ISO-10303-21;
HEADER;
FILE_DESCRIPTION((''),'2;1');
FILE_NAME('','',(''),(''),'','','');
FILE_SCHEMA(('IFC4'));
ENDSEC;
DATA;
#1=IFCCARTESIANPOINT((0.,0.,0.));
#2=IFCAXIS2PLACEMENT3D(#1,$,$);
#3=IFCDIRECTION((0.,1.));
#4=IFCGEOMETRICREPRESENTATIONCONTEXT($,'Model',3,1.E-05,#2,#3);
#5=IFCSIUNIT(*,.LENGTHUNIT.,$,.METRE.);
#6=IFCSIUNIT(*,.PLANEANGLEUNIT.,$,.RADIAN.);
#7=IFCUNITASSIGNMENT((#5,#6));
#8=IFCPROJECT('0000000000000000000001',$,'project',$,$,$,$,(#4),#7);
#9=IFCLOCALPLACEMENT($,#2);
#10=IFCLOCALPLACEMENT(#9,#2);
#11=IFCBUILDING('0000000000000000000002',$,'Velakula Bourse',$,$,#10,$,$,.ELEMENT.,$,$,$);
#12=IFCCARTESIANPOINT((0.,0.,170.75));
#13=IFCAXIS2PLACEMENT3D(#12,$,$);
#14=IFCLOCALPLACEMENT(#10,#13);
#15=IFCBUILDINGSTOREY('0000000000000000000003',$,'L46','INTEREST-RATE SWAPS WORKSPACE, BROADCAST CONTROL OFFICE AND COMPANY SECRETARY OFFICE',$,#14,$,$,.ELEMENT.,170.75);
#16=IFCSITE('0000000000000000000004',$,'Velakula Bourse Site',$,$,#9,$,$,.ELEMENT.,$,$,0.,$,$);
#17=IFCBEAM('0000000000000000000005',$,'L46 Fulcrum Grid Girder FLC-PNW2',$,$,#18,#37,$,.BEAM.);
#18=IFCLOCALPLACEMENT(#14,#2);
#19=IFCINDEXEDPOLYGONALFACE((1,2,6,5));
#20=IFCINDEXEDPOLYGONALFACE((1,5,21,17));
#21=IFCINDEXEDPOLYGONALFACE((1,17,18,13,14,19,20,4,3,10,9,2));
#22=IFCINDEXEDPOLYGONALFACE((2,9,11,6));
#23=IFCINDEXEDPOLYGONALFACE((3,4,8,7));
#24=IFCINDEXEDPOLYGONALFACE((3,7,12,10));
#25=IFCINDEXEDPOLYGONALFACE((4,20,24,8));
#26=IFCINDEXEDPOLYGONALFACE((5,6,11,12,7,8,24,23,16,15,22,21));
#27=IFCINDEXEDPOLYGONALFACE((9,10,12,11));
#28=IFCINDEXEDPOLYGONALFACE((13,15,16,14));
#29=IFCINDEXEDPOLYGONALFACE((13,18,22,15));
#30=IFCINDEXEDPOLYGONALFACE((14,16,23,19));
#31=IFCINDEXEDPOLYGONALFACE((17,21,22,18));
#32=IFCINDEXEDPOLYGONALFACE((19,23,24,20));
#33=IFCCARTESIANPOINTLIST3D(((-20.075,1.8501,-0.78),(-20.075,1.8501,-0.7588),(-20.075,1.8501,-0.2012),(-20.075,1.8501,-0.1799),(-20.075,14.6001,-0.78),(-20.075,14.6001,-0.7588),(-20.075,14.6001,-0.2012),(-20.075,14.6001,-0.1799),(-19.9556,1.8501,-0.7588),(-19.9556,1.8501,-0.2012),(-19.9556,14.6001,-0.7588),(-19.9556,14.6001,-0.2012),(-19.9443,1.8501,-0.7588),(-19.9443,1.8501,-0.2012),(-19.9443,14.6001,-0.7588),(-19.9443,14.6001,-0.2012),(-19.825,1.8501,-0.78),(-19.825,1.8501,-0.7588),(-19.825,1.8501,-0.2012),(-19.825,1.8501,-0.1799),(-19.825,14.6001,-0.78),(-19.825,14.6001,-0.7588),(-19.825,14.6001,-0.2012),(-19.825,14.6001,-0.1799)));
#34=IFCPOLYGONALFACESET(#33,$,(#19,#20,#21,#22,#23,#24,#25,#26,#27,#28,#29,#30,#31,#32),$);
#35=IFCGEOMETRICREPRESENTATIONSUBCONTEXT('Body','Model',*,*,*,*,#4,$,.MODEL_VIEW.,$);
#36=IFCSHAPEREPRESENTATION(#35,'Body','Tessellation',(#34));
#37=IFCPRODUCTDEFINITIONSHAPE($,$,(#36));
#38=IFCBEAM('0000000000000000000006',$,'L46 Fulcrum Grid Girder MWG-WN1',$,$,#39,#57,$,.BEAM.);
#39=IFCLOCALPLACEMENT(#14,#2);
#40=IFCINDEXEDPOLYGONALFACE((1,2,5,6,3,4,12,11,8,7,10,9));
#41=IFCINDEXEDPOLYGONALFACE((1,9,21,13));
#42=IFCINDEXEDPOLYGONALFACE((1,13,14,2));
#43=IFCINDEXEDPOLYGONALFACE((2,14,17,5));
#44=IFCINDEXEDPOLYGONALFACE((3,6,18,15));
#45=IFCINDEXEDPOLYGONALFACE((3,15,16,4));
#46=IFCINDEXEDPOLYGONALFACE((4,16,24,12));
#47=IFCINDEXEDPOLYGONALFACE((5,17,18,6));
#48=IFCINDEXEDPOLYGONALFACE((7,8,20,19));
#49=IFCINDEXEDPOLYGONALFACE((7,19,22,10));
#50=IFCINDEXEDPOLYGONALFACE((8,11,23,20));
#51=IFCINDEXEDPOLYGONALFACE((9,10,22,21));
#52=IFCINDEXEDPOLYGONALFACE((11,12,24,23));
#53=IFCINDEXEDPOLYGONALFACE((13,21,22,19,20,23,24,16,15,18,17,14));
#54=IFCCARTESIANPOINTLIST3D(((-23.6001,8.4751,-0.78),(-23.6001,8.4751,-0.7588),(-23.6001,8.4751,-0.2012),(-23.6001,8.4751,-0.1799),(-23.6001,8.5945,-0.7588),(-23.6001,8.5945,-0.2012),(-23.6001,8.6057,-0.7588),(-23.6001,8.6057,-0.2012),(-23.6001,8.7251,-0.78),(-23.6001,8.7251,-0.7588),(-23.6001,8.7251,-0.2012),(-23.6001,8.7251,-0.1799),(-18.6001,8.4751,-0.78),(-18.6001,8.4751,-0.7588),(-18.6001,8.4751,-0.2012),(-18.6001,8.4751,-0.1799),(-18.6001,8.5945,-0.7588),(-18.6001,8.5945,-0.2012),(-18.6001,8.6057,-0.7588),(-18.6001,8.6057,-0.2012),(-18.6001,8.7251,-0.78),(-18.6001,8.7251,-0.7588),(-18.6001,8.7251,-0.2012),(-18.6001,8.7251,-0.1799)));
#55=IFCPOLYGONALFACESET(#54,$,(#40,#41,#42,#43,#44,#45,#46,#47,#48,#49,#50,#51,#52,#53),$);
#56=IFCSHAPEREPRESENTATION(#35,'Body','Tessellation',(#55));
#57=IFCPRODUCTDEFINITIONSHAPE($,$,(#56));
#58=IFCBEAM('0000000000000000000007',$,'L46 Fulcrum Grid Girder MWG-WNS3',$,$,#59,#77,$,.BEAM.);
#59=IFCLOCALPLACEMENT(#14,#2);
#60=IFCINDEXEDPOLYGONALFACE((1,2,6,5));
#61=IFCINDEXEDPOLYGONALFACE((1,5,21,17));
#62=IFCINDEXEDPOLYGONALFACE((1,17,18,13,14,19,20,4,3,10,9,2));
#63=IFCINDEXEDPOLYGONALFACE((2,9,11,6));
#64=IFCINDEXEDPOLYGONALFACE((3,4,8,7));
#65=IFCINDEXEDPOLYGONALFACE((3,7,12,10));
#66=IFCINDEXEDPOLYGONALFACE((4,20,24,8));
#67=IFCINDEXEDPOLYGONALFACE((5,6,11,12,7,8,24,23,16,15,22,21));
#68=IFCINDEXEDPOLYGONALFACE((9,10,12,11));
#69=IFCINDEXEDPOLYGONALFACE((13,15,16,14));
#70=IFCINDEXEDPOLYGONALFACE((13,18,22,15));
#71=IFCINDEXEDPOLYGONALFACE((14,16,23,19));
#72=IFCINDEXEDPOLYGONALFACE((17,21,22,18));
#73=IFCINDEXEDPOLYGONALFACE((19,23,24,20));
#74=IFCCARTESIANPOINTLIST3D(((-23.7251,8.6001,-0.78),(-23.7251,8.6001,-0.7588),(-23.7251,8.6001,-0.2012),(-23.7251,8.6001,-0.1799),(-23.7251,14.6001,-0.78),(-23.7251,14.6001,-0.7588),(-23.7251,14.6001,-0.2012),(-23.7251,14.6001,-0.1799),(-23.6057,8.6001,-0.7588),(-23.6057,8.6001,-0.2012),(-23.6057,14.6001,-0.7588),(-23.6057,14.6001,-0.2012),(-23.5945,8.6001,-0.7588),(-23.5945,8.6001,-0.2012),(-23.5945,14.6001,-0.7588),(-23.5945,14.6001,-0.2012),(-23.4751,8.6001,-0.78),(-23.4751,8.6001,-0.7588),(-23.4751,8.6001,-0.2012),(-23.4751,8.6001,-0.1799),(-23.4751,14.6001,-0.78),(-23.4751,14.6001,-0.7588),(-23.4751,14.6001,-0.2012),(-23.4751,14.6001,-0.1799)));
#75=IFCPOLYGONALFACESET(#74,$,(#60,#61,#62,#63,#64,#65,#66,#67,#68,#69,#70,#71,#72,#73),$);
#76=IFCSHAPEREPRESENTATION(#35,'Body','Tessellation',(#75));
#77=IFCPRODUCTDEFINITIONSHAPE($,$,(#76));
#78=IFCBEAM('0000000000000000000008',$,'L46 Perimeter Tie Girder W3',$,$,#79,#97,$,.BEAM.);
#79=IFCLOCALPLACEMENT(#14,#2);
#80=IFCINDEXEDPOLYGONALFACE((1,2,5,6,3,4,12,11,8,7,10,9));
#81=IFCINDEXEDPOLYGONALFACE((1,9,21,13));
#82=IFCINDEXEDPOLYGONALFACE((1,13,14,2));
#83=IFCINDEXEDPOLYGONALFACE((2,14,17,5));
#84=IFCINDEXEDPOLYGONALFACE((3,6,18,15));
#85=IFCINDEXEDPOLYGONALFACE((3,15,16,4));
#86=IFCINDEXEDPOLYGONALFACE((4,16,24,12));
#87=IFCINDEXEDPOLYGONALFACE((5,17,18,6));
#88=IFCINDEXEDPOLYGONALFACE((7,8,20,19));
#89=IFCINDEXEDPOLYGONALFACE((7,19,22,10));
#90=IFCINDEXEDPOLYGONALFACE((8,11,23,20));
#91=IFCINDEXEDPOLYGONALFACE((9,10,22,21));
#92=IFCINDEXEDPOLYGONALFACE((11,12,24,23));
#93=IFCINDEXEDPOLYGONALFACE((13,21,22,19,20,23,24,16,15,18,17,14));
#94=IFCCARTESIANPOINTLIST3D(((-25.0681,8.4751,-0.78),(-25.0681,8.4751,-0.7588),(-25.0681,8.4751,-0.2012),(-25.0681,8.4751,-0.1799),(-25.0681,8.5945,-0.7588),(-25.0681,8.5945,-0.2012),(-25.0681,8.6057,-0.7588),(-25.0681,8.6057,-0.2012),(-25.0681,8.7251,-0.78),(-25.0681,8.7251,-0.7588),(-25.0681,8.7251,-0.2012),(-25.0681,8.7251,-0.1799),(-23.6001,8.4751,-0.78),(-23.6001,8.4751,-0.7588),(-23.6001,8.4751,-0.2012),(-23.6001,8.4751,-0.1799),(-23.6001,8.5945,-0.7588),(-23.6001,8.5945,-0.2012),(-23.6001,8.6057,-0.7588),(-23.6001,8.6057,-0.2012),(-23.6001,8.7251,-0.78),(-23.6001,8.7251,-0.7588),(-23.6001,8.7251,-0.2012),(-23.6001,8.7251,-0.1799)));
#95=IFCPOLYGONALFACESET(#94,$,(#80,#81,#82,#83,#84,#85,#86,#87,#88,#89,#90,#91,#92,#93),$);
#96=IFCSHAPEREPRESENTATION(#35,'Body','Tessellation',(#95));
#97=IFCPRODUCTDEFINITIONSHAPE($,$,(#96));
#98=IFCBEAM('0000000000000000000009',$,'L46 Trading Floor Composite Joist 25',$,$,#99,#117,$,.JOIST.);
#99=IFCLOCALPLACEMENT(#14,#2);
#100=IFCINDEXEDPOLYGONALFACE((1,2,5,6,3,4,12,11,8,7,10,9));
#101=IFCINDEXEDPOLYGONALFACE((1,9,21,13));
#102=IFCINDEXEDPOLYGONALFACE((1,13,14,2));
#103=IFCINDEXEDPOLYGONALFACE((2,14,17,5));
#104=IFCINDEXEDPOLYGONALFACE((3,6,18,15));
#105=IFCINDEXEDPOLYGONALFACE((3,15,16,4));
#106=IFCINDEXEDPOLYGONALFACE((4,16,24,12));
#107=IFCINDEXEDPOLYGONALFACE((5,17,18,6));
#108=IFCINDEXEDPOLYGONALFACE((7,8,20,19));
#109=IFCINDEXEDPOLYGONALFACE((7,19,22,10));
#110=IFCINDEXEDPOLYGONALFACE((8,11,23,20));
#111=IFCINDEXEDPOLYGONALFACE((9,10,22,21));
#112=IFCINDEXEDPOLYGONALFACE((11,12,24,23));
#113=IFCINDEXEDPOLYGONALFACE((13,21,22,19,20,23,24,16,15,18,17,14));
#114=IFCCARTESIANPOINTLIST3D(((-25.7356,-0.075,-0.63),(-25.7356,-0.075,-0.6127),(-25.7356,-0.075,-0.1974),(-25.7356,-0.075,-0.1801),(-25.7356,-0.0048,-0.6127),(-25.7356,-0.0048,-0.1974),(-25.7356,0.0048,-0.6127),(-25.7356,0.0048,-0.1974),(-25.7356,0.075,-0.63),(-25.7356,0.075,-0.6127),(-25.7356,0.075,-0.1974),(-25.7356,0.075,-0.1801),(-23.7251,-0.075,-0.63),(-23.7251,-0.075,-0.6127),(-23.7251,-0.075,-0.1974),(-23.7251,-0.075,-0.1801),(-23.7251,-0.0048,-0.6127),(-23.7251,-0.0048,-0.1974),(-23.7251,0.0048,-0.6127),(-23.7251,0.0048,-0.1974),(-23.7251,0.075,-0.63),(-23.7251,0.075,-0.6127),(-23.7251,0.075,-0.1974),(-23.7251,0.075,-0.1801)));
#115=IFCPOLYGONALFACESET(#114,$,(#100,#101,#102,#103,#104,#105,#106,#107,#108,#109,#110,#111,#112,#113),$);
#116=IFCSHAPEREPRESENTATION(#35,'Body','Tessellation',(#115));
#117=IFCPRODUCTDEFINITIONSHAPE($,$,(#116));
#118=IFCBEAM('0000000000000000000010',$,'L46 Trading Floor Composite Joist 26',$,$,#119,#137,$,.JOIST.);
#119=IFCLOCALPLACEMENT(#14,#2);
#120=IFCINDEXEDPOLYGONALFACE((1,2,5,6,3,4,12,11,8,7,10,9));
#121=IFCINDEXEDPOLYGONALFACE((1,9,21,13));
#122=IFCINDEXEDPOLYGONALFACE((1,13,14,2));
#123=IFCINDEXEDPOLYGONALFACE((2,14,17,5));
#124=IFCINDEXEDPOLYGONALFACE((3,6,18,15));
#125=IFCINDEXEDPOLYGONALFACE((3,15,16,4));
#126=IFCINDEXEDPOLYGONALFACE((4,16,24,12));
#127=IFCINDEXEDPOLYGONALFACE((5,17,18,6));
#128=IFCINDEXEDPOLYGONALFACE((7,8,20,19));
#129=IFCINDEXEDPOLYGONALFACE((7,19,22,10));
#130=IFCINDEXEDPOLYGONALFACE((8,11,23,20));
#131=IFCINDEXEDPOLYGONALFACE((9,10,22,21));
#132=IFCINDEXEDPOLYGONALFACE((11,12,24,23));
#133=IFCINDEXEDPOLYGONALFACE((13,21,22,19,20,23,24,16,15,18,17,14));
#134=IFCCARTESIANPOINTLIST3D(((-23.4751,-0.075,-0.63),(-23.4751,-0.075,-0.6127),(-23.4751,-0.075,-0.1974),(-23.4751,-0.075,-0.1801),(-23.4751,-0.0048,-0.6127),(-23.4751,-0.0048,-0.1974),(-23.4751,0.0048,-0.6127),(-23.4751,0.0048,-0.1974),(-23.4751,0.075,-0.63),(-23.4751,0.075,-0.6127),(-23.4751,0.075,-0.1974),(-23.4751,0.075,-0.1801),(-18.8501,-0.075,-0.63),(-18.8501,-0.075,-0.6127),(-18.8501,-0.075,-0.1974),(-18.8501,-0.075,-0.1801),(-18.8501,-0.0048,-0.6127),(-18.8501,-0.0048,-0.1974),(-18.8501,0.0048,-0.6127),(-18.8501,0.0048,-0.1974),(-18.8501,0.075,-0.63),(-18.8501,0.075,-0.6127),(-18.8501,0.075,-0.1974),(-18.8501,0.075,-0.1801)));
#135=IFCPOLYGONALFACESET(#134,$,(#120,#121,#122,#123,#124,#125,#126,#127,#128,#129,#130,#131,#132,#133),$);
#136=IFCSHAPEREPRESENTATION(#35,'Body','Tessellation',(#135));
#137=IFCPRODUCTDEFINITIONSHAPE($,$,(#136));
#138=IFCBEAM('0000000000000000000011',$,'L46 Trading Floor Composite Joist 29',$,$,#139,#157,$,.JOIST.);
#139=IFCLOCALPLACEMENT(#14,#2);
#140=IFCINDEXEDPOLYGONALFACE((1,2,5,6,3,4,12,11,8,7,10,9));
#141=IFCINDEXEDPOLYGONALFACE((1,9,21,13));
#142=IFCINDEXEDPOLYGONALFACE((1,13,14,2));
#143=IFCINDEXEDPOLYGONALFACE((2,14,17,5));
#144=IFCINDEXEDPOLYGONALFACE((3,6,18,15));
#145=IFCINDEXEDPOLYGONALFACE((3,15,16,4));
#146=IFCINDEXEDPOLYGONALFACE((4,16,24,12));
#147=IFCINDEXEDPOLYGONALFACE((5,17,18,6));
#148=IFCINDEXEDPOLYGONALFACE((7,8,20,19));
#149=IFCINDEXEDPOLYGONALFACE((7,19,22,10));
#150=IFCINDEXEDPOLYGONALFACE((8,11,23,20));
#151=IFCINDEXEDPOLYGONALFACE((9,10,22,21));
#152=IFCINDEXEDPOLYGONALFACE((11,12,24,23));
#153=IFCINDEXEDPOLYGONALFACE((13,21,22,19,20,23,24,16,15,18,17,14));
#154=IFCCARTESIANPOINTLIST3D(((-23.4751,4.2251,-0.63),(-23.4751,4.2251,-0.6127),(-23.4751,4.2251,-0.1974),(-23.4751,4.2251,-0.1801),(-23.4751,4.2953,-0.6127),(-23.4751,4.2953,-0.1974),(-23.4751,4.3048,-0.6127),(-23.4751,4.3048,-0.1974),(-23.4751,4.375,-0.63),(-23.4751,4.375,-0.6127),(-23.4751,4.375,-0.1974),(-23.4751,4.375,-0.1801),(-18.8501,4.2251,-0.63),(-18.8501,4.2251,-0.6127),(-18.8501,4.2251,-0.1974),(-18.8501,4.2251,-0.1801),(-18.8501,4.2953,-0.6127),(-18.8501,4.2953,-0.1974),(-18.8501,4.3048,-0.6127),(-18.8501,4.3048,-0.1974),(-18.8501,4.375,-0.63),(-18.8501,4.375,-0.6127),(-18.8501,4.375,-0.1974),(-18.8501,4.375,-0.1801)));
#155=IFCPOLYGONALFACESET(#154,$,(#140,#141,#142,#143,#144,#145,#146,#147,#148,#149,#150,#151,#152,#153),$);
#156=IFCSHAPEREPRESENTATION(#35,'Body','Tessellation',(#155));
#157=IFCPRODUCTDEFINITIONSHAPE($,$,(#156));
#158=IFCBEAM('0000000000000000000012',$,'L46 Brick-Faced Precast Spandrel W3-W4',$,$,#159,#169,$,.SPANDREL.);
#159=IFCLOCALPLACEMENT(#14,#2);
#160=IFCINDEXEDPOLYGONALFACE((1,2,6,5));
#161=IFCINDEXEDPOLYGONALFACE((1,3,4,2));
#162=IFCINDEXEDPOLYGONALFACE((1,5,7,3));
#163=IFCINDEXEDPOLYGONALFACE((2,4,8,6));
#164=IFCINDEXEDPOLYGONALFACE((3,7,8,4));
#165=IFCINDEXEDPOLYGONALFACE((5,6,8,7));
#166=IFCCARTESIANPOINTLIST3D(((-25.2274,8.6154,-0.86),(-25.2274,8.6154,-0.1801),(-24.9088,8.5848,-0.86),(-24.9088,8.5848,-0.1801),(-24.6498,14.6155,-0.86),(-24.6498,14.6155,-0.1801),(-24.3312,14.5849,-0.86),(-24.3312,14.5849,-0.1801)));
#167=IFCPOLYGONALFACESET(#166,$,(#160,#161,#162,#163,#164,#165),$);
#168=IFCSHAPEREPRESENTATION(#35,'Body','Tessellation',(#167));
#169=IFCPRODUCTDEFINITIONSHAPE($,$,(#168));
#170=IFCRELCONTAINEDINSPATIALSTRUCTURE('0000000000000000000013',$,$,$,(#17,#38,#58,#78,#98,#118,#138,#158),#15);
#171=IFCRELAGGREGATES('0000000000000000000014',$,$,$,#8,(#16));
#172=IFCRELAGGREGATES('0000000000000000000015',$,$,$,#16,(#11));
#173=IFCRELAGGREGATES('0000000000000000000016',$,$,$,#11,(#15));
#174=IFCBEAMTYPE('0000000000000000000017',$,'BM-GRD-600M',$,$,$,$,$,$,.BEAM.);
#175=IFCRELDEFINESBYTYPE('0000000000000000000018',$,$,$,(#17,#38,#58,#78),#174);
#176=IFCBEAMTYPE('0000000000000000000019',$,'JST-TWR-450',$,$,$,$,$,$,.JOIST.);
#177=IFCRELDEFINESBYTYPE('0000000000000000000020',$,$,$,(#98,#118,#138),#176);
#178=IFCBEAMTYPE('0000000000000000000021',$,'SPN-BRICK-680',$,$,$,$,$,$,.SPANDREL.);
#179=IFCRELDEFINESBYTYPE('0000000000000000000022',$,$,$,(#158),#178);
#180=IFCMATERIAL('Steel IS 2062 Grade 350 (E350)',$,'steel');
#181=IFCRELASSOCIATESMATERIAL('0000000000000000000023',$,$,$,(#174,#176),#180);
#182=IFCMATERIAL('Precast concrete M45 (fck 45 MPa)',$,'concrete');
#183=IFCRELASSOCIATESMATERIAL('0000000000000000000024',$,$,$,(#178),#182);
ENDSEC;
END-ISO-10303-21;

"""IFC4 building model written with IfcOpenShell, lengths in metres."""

from ifc_helpers import new_model, si_unit, direction, frame, origin, origin_2d, place, context, subcontext, project, spatial, rectangle, i_section, extrude, material, material_profile, profile_set, type_object, element, save


model = new_model("IFC4")

# Units and contexts
model_context = context("Model", 3, precision=1e-05, world=origin(), true_north=direction((0.0, 1.0)))
body_context = subcontext(model_context, "Body", "Model", "MODEL_VIEW")
ifc_project = project(units=[si_unit("LENGTHUNIT", "METRE"), si_unit("PLANEANGLEUNIT", "RADIAN")], contexts=[model_context])

# Site, building, storey
site_placement = place(None, origin())
site = spatial("IfcSite", under=ifc_project, at=site_placement, Name="Velakula Bourse Site", CompositionType="ELEMENT", RefElevation=0.0)
building_placement = place(site_placement, origin())
building = spatial("IfcBuilding", under=site, at=building_placement, Name="Velakula Bourse", CompositionType="ELEMENT")
storey_placement = place(building_placement, frame((0.0, 0.0, 170.75)))
storey = spatial("IfcBuildingStorey", under=building, at=storey_placement, Name="L46", Description="INTEREST-RATE SWAPS WORKSPACE, BROADCAST CONTROL OFFICE AND COMPANY SECRETARY OFFICE", CompositionType="ELEMENT", Elevation=170.75)

# Shared definitions
ifc_material_1 = material(Name="Steel IS 2062 Grade 350 (E350)", Category="steel")

# Beams
ifc_material_profile_1 = material_profile(ifc_material_1, i_section(OverallWidth=0.25, OverallDepth=0.6001, WebThickness=0.0112, FlangeThickness=0.0212, at=origin_2d()), Name="Steel IS 2062 Grade 350 (E350)")
ifc_profile_set_1 = profile_set([ifc_material_profile_1], Name="Steel IS 2062 Grade 350 (E350)")
beam_type_1 = type_object("IfcBeamType", Name="BM-GRD-600M", PredefinedType="BEAM", material=ifc_profile_set_1)
for number, where, z_axis, x_axis, name in (
    (1, (-19.95, 1.8501, -0.48), (0.0, 1.0, 0.0), (-1.0, 0.0, 0.0), "L46 Fulcrum Grid Girder FLC-PNW2"),
):
    element("IfcBeam", number, at=place(storey_placement, frame(where, z_axis=z_axis, x_axis=x_axis)), inside=storey, type_object=beam_type_1, Name=name, PredefinedType="BEAM", context=body_context, shape_type="SweptSolid", body=[
        extrude(i_section(OverallWidth=0.25, OverallDepth=0.6001, WebThickness=0.0112, FlangeThickness=0.0212, at=origin_2d()), origin(), (0.0, 0.0, 1.0), 12.75),
    ])
beam_1_placement = place(storey_placement, frame((-23.6001, 8.6001, -0.48), z_axis=(1.0, 0.0, 0.0), x_axis=(0.0, 1.0, 0.0)))
element("IfcBeam", 2, at=beam_1_placement, inside=storey, type_object=beam_type_1, Name="L46 Fulcrum Grid Girder MWG-WN1", PredefinedType="BEAM", context=body_context, shape_type="SweptSolid", body=[
    extrude(i_section(OverallWidth=0.25, OverallDepth=0.6001, WebThickness=0.0112, FlangeThickness=0.0212, at=origin_2d()), origin(), (0.0, 0.0, 1.0), 5.0),
])
beam_2_placement = place(storey_placement, frame((-23.6001, 8.6001, -0.48), z_axis=(0.0, 1.0, 0.0), x_axis=(-1.0, 0.0, 0.0)))
element("IfcBeam", 3, at=beam_2_placement, inside=storey, type_object=beam_type_1, Name="L46 Fulcrum Grid Girder MWG-WNS3", PredefinedType="BEAM", context=body_context, shape_type="SweptSolid", body=[
    extrude(i_section(OverallWidth=0.25, OverallDepth=0.6001, WebThickness=0.0112, FlangeThickness=0.0212, at=origin_2d()), origin(), (0.0, 0.0, 1.0), 6.0),
])
beam_3_placement = place(storey_placement, frame((-23.6001, 8.6001, -0.48), z_axis=(-1.0, 0.0, 0.0), x_axis=(0.0, -1.0, 0.0)))
element("IfcBeam", 4, at=beam_3_placement, inside=storey, type_object=beam_type_1, Name="L46 Perimeter Tie Girder W3", PredefinedType="BEAM", context=body_context, shape_type="SweptSolid", body=[
    extrude(i_section(OverallWidth=0.25, OverallDepth=0.6001, WebThickness=0.0112, FlangeThickness=0.0212, at=origin_2d()), origin(), (0.0, 0.0, 1.0), 1.468),
])
ifc_material_profile_2 = material_profile(ifc_material_1, i_section(OverallWidth=0.1499, OverallDepth=0.45, WebThickness=0.0095, FlangeThickness=0.0173, at=origin_2d()), Name="Steel IS 2062 Grade 350 (E350)")
ifc_profile_set_2 = profile_set([ifc_material_profile_2], Name="Steel IS 2062 Grade 350 (E350)")
beam_type_2 = type_object("IfcBeamType", Name="JST-TWR-450", PredefinedType="JOIST", material=ifc_profile_set_2)
beam_4_placement = place(storey_placement, frame((-25.7356, 0.0, -0.405), z_axis=(1.0, 0.0, 0.0), x_axis=(0.0, 1.0, 0.0)))
element("IfcBeam", 5, at=beam_4_placement, inside=storey, type_object=beam_type_2, Name="L46 Trading Floor Composite Joist 25", PredefinedType="JOIST", context=body_context, shape_type="SweptSolid", body=[
    extrude(i_section(OverallWidth=0.1499, OverallDepth=0.45, WebThickness=0.0095, FlangeThickness=0.0173, at=origin_2d()), origin(), (0.0, 0.0, 1.0), 2.0105),
])
for number, where, z_axis, x_axis, name in (
    (6, (-23.4751, 0.0, -0.405), (1.0, 0.0, 0.0), (0.0, 1.0, 0.0), "L46 Trading Floor Composite Joist 26"),
    (7, (-23.4751, 4.3, -0.405), (1.0, 0.0, 0.0), (0.0, 1.0, 0.0), "L46 Trading Floor Composite Joist 29"),
):
    element("IfcBeam", number, at=place(storey_placement, frame(where, z_axis=z_axis, x_axis=x_axis)), inside=storey, type_object=beam_type_2, Name=name, PredefinedType="JOIST", context=body_context, shape_type="SweptSolid", body=[
        extrude(i_section(OverallWidth=0.1499, OverallDepth=0.45, WebThickness=0.0095, FlangeThickness=0.0173, at=origin_2d()), origin(), (0.0, 0.0, 1.0), 4.625),
    ])
ifc_material_2 = material(Name="Precast concrete M45 (fck 45 MPa)", Category="concrete")
ifc_material_profile_3 = material_profile(ifc_material_2, rectangle(XDim=0.3201, YDim=0.6799, at=origin_2d()), Name="Precast concrete M45 (fck 45 MPa)")
ifc_profile_set_3 = profile_set([ifc_material_profile_3], Name="Precast concrete M45 (fck 45 MPa)")
beam_type_3 = type_object("IfcBeamType", Name="SPN-BRICK-680", PredefinedType="SPANDREL", material=ifc_profile_set_3)
beam_5_placement = place(storey_placement, frame((-25.0681, 8.6001, -0.52), z_axis=(0.09583, 0.995398, 0.0), x_axis=(-0.995398, 0.09583, 0.0)))
element("IfcBeam", 8, at=beam_5_placement, inside=storey, type_object=beam_type_3, Name="L46 Brick-Faced Precast Spandrel W3-W4", PredefinedType="SPANDREL", context=body_context, shape_type="SweptSolid", body=[
    extrude(rectangle(XDim=0.3201, YDim=0.6799, at=origin_2d()), origin(), (0.0, 0.0, 1.0), 6.0278),
])

save(model, "model.ifc")
